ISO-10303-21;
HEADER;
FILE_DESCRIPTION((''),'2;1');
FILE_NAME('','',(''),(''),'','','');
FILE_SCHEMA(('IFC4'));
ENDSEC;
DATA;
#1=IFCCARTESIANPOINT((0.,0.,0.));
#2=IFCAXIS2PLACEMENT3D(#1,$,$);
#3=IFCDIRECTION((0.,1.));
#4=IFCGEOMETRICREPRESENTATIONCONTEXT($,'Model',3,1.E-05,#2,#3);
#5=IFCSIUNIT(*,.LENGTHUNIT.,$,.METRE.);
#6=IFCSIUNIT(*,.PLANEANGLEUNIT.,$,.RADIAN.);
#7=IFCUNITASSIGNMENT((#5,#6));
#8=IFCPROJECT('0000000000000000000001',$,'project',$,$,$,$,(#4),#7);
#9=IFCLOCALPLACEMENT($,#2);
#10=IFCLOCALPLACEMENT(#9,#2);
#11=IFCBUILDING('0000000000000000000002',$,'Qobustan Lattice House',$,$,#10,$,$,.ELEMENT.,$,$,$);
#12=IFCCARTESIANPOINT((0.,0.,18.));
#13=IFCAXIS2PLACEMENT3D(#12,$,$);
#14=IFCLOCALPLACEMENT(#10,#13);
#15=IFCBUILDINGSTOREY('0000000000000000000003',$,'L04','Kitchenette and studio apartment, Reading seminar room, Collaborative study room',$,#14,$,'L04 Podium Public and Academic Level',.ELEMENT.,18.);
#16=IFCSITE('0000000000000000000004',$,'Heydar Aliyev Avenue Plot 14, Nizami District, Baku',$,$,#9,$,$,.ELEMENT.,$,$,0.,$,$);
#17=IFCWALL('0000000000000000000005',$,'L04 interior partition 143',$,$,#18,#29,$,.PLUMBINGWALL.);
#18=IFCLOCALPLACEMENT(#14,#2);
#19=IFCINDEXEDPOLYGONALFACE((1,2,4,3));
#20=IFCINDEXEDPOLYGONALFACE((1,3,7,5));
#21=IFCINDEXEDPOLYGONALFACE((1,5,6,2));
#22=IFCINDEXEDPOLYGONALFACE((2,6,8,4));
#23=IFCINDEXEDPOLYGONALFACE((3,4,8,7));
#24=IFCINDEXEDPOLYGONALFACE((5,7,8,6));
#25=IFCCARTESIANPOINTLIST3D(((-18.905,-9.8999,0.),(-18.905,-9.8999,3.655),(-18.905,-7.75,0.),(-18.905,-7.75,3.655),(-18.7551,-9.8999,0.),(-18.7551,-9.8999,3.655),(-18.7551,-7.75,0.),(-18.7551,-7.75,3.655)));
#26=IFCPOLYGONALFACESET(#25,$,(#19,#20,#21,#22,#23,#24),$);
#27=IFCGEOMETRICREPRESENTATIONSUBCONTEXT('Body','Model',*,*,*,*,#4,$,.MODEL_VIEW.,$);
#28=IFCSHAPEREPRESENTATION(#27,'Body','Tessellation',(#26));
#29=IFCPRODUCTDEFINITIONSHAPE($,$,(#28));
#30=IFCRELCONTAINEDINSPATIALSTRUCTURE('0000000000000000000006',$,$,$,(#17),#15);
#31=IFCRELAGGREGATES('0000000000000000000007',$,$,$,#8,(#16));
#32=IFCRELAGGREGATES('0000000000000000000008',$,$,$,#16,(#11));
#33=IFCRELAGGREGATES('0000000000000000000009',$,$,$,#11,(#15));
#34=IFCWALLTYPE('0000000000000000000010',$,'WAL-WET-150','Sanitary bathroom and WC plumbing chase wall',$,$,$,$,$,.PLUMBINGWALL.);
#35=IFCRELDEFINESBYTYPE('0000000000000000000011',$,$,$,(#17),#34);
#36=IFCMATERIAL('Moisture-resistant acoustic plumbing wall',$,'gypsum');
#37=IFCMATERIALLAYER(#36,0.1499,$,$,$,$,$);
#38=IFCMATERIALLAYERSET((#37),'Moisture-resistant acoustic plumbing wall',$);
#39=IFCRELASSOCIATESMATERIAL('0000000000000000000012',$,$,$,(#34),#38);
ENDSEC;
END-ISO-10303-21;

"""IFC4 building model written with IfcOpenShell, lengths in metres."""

from ifc_helpers import new_model, si_unit, direction, frame, frame_2d, origin, place, context, subcontext, project, spatial, rectangle, extrude, material, layer, layer_set, type_object, element, save


model = new_model("IFC4")

# Units and contexts
model_context = context("Model", 3, precision=1e-05, world=origin(), true_north=direction((0.0, 1.0)))
body_context = subcontext(model_context, "Body", "Model", "MODEL_VIEW")
ifc_project = project(units=[si_unit("LENGTHUNIT", "METRE"), si_unit("PLANEANGLEUNIT", "RADIAN")], contexts=[model_context])

# Site, building, storey
site_placement = place(None, origin())
site = spatial("IfcSite", under=ifc_project, at=site_placement, Name="Heydar Aliyev Avenue Plot 14, Nizami District, Baku", CompositionType="ELEMENT", RefElevation=0.0)
building_placement = place(site_placement, origin())
building = spatial("IfcBuilding", under=site, at=building_placement, Name="Qobustan Lattice House", CompositionType="ELEMENT")
storey_placement = place(building_placement, frame((0.0, 0.0, 18.0)))
storey = spatial("IfcBuildingStorey", under=building, at=storey_placement, Name="L04", Description="Kitchenette and studio apartment, Reading seminar room, Collaborative study room", LongName="L04 Podium Public and Academic Level", CompositionType="ELEMENT", Elevation=18.0)

# Shared definitions
ifc_material_1 = material(Name="Moisture-resistant acoustic plumbing wall", Category="gypsum")
ifc_layer_1 = layer(ifc_material_1, 0.1499)
ifc_layer_set_1 = layer_set([ifc_layer_1], Name="Moisture-resistant acoustic plumbing wall")
wall_type_1 = type_object("IfcWallType", Name="WAL-WET-150", Description="Sanitary bathroom and WC plumbing chase wall", PredefinedType="PLUMBINGWALL", material=ifc_layer_set_1)

# Wall
wall_1_placement = place(storey_placement, frame((-18.8301, -7.75, 0.0), z_axis=(0.0, 0.0, 1.0), x_axis=(0.0, -1.0, 0.0)))
element("IfcWall", 1, at=wall_1_placement, inside=storey, type_object=wall_type_1, Name="L04 interior partition 143", PredefinedType="PLUMBINGWALL", context=body_context, shape_type="SweptSolid", body=[
    extrude(rectangle(XDim=2.1499, YDim=0.1499, at=frame_2d((1.075, 0.0))), origin(), (0.0, 0.0, 1.0), 3.655),
])

save(model, "model.ifc")
